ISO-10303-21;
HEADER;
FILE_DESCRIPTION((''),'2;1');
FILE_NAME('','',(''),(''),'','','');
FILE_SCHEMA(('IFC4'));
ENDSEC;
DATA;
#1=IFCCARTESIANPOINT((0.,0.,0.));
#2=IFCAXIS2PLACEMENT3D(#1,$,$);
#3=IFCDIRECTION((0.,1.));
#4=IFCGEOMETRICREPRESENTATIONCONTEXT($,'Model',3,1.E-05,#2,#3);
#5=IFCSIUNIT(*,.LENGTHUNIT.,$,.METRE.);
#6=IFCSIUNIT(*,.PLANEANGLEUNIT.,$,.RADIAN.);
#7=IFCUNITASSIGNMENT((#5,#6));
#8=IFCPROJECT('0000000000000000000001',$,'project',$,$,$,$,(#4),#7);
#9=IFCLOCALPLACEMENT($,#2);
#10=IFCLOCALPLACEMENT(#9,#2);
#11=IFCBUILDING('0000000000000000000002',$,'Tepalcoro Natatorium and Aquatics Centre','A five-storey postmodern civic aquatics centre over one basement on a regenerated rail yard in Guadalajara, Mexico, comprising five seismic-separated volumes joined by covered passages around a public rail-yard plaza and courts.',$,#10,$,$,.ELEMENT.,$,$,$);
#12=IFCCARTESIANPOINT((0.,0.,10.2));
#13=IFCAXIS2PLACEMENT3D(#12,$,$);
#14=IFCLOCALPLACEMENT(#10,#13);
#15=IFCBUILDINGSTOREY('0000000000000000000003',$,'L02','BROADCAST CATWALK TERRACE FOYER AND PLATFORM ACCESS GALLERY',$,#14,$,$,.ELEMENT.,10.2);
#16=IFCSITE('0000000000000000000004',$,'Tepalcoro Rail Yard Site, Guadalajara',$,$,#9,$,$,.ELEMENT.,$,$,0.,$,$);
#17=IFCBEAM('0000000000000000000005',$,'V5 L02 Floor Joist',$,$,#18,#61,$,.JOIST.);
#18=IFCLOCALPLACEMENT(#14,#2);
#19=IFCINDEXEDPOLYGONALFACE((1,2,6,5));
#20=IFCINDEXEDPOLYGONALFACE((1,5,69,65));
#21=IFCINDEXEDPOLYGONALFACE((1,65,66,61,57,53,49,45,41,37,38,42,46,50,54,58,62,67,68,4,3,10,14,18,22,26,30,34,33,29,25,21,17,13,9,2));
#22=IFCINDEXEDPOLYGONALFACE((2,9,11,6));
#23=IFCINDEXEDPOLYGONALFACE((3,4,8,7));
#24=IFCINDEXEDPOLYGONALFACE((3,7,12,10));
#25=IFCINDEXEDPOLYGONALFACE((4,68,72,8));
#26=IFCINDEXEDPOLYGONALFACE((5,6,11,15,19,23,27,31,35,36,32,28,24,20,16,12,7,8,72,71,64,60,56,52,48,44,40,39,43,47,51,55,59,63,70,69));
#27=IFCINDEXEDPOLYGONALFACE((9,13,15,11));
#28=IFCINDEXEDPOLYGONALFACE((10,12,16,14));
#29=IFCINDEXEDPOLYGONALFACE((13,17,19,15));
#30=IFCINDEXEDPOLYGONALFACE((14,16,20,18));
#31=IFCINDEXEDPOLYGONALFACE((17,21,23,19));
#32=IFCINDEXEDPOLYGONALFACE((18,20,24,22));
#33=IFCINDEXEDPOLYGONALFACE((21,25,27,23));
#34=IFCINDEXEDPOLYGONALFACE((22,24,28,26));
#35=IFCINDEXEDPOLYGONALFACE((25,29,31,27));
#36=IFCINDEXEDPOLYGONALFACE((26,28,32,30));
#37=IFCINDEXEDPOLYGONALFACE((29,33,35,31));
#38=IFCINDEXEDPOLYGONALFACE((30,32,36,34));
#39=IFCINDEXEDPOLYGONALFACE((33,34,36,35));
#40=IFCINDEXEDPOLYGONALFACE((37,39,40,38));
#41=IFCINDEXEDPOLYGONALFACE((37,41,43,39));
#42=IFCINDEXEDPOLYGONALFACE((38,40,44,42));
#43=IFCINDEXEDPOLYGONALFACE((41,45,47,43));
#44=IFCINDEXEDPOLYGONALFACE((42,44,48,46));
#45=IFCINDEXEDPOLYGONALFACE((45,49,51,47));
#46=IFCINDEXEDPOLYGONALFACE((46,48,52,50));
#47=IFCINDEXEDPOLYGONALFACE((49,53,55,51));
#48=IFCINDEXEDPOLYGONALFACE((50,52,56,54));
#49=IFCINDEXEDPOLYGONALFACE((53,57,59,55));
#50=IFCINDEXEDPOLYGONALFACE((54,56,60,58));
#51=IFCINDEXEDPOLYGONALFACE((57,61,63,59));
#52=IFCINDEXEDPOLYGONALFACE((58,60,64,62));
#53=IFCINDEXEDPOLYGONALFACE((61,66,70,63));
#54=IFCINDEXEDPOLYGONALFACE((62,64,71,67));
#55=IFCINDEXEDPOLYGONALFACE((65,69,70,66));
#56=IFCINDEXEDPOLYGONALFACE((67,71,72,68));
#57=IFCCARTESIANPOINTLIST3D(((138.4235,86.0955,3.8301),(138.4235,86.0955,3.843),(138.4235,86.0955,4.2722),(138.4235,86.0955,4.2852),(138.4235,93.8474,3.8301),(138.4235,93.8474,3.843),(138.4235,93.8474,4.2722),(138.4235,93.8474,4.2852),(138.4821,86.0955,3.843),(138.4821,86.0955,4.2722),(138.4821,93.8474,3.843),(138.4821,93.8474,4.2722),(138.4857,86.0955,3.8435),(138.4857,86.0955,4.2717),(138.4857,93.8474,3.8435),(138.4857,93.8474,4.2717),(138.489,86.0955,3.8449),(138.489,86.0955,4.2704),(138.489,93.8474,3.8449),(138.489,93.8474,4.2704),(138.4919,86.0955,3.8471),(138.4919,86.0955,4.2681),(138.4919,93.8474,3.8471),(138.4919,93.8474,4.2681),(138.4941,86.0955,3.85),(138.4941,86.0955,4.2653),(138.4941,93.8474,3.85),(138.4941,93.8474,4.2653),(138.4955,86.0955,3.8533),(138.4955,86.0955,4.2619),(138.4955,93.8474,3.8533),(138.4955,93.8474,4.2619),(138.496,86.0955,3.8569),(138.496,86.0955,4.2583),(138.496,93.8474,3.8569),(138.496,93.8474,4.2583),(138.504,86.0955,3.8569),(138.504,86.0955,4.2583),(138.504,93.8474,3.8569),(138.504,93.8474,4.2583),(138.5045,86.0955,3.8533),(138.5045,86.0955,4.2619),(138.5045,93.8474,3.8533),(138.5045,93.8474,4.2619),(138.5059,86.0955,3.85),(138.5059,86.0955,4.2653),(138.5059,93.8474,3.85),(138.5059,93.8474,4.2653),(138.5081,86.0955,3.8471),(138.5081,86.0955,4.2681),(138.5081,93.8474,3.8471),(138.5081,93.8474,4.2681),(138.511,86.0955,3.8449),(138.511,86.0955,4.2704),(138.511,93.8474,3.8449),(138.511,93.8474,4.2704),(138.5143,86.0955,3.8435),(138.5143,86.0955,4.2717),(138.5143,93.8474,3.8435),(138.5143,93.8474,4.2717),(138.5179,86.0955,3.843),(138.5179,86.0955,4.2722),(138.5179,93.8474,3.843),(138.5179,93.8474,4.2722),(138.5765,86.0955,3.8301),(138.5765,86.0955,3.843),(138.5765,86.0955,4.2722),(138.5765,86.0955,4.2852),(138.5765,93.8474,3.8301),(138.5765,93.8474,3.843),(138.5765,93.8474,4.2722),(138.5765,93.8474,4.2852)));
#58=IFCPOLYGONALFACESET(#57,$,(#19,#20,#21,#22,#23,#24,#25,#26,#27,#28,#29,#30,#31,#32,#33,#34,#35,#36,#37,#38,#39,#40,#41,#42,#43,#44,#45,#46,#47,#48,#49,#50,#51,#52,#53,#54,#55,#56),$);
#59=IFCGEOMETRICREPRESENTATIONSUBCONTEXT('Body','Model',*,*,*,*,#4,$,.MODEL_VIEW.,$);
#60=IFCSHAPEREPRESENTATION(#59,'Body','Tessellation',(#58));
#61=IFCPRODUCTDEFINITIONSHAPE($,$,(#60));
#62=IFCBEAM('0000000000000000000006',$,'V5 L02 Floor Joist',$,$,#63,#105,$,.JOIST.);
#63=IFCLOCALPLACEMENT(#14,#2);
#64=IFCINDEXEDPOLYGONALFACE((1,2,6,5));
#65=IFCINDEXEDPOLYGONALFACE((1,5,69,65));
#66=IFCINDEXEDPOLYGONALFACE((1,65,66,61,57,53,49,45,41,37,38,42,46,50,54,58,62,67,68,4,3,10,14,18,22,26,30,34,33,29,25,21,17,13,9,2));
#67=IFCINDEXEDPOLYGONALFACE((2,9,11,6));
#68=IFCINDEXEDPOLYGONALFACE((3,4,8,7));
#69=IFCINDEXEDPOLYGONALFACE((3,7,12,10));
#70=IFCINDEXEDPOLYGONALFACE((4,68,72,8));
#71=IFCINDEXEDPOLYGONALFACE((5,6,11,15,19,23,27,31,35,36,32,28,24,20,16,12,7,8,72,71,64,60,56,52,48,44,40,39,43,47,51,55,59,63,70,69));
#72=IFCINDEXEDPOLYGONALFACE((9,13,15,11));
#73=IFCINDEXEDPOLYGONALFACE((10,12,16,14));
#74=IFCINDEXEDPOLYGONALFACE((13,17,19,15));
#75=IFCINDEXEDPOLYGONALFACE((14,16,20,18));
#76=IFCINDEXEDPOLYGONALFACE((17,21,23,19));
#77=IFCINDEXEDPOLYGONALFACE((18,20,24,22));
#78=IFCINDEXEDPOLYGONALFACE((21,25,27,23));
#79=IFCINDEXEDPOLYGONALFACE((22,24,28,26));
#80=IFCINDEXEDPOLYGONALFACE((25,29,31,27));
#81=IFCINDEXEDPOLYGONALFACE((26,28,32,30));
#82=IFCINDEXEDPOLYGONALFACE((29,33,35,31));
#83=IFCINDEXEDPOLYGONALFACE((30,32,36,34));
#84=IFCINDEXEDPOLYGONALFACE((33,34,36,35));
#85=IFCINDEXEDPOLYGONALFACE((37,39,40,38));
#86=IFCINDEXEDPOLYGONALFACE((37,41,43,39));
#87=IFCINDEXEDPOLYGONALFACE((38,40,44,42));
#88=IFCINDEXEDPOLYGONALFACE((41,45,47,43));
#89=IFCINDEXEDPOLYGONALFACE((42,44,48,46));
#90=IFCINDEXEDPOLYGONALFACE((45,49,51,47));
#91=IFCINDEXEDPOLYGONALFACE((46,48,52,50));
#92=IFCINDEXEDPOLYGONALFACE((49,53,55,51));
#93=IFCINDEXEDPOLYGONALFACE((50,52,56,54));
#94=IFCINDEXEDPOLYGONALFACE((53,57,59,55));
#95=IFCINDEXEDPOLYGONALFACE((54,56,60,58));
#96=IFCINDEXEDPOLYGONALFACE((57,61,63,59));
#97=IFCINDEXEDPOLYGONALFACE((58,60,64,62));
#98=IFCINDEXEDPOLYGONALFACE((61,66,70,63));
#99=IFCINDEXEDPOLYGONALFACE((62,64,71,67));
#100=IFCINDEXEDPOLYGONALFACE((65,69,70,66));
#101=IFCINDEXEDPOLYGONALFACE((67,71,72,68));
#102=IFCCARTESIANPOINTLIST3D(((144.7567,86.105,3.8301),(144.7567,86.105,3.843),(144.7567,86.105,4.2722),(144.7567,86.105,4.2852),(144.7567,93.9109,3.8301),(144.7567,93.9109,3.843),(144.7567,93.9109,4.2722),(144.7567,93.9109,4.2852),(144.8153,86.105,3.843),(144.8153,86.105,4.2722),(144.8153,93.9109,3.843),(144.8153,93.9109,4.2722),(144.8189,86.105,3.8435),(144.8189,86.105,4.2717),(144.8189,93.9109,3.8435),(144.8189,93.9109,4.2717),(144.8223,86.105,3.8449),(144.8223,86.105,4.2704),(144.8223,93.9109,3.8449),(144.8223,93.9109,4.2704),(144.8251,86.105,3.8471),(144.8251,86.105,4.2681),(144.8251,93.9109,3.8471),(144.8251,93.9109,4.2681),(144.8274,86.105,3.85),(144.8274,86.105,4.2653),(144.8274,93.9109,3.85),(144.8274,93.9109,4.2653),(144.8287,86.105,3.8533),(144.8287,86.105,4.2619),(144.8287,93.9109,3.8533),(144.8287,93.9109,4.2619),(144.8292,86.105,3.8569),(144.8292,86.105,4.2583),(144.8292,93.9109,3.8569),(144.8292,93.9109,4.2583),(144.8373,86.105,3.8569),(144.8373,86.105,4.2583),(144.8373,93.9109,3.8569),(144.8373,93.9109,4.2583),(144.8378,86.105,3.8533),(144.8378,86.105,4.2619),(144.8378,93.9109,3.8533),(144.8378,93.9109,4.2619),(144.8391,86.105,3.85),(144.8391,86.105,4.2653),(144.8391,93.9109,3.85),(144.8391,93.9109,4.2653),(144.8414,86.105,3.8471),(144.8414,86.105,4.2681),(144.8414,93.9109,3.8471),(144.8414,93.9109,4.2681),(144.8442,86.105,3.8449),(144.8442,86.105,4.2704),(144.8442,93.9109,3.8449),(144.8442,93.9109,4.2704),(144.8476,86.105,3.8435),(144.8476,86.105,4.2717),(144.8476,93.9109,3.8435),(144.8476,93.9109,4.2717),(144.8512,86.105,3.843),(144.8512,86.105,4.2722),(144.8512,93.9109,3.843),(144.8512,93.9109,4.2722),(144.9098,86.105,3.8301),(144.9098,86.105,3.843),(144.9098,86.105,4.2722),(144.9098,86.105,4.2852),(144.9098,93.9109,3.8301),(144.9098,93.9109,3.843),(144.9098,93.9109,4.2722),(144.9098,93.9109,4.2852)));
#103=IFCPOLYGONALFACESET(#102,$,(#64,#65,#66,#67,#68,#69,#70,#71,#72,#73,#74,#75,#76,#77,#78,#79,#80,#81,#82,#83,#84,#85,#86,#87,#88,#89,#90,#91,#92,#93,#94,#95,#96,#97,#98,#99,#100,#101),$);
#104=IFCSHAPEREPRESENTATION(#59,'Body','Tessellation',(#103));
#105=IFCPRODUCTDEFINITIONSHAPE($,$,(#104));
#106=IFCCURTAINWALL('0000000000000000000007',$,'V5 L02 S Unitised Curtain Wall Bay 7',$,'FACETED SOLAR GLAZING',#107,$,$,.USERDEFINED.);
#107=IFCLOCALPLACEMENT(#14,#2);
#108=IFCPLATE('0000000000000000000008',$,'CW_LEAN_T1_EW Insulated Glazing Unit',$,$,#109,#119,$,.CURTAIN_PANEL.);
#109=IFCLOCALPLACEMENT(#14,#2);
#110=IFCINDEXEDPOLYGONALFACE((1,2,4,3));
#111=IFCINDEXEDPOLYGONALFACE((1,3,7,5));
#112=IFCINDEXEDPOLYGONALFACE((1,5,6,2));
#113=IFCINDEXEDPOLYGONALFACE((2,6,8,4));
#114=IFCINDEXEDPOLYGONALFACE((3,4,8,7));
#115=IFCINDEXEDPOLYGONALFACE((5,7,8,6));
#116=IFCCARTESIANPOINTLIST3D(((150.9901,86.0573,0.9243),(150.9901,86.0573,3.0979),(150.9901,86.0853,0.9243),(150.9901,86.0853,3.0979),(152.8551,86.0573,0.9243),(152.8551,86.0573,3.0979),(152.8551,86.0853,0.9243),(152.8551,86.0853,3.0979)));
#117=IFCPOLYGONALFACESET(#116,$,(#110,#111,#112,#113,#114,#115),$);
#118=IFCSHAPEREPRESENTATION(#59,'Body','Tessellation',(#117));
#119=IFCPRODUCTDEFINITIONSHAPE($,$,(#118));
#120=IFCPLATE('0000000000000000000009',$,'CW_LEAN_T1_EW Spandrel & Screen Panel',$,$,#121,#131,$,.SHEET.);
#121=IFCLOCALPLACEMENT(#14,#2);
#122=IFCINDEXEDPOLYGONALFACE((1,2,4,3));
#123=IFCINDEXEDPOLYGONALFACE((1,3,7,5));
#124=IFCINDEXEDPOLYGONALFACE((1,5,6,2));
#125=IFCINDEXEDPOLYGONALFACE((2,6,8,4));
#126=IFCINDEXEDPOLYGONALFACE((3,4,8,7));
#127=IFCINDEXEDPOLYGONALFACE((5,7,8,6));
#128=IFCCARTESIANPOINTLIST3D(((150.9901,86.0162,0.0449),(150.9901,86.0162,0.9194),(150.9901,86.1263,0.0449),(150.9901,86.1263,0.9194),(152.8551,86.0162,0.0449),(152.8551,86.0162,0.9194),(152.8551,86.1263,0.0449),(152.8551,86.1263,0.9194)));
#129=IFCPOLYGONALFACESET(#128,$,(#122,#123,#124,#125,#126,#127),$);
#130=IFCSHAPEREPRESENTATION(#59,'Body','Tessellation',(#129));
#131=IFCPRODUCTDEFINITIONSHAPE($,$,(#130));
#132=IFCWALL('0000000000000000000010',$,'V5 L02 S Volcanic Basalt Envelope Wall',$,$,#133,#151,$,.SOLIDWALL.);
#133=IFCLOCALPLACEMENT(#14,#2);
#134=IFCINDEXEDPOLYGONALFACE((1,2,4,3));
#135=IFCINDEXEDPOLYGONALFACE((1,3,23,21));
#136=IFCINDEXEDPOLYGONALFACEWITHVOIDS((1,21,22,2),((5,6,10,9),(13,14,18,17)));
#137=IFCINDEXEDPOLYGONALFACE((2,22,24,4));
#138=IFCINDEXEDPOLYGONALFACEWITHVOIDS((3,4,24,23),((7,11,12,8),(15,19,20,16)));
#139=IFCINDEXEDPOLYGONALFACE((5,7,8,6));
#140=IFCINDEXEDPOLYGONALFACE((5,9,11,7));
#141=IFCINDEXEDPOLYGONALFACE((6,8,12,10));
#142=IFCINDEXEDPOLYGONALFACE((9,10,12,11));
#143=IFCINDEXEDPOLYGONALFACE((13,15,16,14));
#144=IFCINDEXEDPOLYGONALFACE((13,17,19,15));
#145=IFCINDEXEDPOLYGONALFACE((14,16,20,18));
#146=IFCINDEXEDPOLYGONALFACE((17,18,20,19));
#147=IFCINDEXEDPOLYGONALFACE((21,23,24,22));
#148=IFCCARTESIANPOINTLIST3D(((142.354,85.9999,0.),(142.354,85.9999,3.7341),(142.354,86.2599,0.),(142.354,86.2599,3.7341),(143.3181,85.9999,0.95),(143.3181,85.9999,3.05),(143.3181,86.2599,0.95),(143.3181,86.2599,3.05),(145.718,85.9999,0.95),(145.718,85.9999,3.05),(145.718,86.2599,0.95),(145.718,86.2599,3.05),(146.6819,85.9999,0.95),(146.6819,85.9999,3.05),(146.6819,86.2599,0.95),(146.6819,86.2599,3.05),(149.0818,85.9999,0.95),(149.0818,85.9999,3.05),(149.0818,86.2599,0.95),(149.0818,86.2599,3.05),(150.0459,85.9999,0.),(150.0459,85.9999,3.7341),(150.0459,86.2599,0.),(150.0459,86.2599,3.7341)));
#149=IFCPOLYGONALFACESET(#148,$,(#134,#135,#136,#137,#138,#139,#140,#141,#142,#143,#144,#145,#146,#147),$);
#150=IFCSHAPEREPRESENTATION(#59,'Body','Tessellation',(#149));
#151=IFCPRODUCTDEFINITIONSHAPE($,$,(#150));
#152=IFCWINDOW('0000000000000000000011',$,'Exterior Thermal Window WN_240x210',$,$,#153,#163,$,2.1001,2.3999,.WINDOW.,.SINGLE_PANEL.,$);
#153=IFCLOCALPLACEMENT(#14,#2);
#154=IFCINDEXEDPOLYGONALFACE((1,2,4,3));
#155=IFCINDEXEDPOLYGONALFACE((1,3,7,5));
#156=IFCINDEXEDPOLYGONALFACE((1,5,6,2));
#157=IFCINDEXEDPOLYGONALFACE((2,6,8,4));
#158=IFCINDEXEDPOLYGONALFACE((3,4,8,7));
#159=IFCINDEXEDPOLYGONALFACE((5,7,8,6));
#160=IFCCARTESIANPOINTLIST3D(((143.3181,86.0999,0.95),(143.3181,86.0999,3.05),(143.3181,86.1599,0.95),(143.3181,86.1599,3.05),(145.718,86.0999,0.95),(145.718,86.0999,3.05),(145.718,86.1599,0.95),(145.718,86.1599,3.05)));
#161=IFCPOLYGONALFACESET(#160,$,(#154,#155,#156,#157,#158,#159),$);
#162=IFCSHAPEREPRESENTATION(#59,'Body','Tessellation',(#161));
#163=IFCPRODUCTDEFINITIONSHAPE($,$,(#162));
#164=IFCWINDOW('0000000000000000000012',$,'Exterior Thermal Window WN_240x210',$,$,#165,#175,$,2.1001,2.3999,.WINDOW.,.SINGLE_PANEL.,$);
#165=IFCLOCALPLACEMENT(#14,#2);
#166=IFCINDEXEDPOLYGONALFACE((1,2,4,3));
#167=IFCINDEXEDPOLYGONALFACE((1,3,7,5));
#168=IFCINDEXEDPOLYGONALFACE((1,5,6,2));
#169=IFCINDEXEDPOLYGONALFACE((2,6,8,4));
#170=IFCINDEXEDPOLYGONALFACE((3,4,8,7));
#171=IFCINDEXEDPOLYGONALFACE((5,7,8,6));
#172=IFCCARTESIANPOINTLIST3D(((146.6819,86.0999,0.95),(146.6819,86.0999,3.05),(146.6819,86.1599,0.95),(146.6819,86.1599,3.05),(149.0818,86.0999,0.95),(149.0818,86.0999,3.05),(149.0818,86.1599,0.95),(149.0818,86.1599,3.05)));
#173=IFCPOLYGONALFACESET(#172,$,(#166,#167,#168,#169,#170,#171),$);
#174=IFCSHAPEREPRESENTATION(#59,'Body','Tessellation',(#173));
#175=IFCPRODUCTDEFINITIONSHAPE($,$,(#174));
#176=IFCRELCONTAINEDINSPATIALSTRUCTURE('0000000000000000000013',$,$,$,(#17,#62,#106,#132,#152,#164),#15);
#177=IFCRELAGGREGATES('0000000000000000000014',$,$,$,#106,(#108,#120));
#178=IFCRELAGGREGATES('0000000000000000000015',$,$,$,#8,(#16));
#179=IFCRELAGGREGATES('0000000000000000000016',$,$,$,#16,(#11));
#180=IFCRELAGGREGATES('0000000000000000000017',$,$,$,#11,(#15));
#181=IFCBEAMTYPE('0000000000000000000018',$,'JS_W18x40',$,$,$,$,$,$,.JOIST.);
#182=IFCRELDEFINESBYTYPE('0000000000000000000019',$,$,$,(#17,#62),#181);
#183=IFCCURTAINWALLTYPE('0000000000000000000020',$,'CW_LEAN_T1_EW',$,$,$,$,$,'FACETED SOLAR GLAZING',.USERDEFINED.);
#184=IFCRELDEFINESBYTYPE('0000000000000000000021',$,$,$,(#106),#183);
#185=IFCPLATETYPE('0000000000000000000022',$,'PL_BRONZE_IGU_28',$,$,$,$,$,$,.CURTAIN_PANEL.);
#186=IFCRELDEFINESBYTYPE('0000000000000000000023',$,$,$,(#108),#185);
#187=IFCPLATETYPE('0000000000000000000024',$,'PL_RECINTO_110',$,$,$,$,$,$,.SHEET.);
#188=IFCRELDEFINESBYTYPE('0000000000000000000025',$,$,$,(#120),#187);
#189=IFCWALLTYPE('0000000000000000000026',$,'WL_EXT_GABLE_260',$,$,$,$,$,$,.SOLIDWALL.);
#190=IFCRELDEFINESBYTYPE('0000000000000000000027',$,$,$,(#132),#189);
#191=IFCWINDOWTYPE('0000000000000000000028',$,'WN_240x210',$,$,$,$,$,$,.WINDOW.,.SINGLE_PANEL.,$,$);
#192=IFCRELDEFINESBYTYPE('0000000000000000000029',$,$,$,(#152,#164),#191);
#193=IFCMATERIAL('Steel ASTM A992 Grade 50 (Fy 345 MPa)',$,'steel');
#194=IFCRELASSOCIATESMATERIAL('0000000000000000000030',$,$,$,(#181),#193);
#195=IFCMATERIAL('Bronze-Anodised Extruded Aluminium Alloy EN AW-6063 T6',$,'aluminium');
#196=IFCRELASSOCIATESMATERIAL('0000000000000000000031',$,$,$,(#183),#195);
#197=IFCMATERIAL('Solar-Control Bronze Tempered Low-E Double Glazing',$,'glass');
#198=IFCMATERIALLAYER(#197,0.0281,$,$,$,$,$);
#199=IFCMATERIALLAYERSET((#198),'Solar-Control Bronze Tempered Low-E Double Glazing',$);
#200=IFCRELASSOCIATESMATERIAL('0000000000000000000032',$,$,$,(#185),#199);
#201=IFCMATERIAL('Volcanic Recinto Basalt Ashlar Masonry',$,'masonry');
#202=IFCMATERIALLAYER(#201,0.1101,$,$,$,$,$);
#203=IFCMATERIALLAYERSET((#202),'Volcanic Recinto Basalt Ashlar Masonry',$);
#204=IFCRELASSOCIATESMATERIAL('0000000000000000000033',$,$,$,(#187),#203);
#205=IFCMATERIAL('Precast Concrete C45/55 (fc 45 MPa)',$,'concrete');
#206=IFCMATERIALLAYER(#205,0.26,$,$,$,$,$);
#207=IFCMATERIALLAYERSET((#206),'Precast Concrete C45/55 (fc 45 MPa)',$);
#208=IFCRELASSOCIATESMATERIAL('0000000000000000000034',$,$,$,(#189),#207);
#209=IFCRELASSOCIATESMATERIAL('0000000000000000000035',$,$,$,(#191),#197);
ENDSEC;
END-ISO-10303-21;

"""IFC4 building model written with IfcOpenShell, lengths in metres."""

from ifc_helpers import new_model, si_unit, direction, frame, frame_2d, origin, origin_2d, place, context, subcontext, project, spatial, rectangle, i_section, extrude, material, layer, layer_set, material_profile, profile_set, type_object, element, fill, aggregate, save


model = new_model("IFC4")

# Units and contexts
model_context = context("Model", 3, precision=1e-05, world=origin(), true_north=direction((0.0, 1.0)))
body_context = subcontext(model_context, "Body", "Model", "MODEL_VIEW")
ifc_project = project(units=[si_unit("LENGTHUNIT", "METRE"), si_unit("PLANEANGLEUNIT", "RADIAN")], contexts=[model_context])

# Site, building, storey
site_placement = place(None, origin())
site = spatial("IfcSite", under=ifc_project, at=site_placement, Name="Tepalcoro Rail Yard Site, Guadalajara", CompositionType="ELEMENT", RefElevation=0.0)
building_placement = place(site_placement, origin())
building = spatial("IfcBuilding", under=site, at=building_placement, Name="Tepalcoro Natatorium and Aquatics Centre", Description="A five-storey postmodern civic aquatics centre over one basement on a regenerated rail yard in Guadalajara, Mexico, comprising five seismic-separated volumes joined by covered passages around a public rail-yard plaza and courts.", CompositionType="ELEMENT")
storey_placement = place(building_placement, frame((0.0, 0.0, 10.2)))
storey = spatial("IfcBuildingStorey", under=building, at=storey_placement, Name="L02", Description="BROADCAST CATWALK TERRACE FOYER AND PLATFORM ACCESS GALLERY", CompositionType="ELEMENT", Elevation=10.2)

# Beams
ifc_material_1 = material(Name="Steel ASTM A992 Grade 50 (Fy 345 MPa)", Category="steel")
ifc_material_profile_1 = material_profile(ifc_material_1, i_section(OverallWidth=0.1531, OverallDepth=0.4551, WebThickness=0.0081, FlangeThickness=0.0129, FilletRadius=0.0139, at=origin_2d()), Name="W18X40")
ifc_profile_set_1 = profile_set([ifc_material_profile_1], Name="Steel ASTM A992 Grade 50 (Fy 345 MPa)")
beam_type_1 = type_object("IfcBeamType", Name="JS_W18x40", PredefinedType="JOIST", material=ifc_profile_set_1)
beam_1_placement = place(storey_placement, frame((138.5, 86.0955, 4.0576), z_axis=(0.0, 1.0, 0.0), x_axis=(-1.0, 0.0, 0.0)))
element("IfcBeam", 1, at=beam_1_placement, inside=storey, type_object=beam_type_1, Name="V5 L02 Floor Joist", PredefinedType="JOIST", context=body_context, shape_type="SweptSolid", body=[
    extrude(i_section(OverallWidth=0.1531, OverallDepth=0.4551, WebThickness=0.0081, FlangeThickness=0.0129, FilletRadius=0.0139, at=origin_2d()), origin(), (0.0, 0.0, 1.0), 7.752),
])
beam_2_placement = place(storey_placement, frame((144.8333, 86.105, 4.0576), z_axis=(0.0, 1.0, 0.0), x_axis=(-1.0, 0.0, 0.0)))
element("IfcBeam", 2, at=beam_2_placement, inside=storey, type_object=beam_type_1, Name="V5 L02 Floor Joist", PredefinedType="JOIST", context=body_context, shape_type="SweptSolid", body=[
    extrude(i_section(OverallWidth=0.1531, OverallDepth=0.4551, WebThickness=0.0081, FlangeThickness=0.0129, FilletRadius=0.0139, at=origin_2d()), origin(), (0.0, 0.0, 1.0), 7.8059),
])

# Curtain wall, plates
ifc_material_2 = material(Name="Bronze-Anodised Extruded Aluminium Alloy EN AW-6063 T6", Category="aluminium")
curtain_wall_type = type_object("IfcCurtainWallType", Name="CW_LEAN_T1_EW", ElementType="FACETED SOLAR GLAZING", PredefinedType="USERDEFINED", material=ifc_material_2)
curtain_wall_placement = place(storey_placement, origin())
curtain_wall = element("IfcCurtainWall", 3, at=curtain_wall_placement, inside=storey, type_object=curtain_wall_type, Name="V5 L02 S Unitised Curtain Wall Bay 7", ObjectType="FACETED SOLAR GLAZING", PredefinedType="USERDEFINED")
ifc_material_3 = material(Name="Solar-Control Bronze Tempered Low-E Double Glazing", Category="glass")
ifc_layer_1 = layer(ifc_material_3, 0.0281)
ifc_layer_set_1 = layer_set([ifc_layer_1], Name="Solar-Control Bronze Tempered Low-E Double Glazing")
plate_type_1 = type_object("IfcPlateType", Name="PL_BRONZE_IGU_28", PredefinedType="CURTAIN_PANEL", material=ifc_layer_set_1)
plate_1_placement = place(storey_placement, frame((151.9226, 86.0713, 0.9243), z_axis=(0.0, 0.0, 1.0), x_axis=(1.0, 0.0, 0.0)))
plate_1 = element("IfcPlate", 4, at=plate_1_placement, type_object=plate_type_1, Name="CW_LEAN_T1_EW Insulated Glazing Unit", PredefinedType="CURTAIN_PANEL", context=body_context, shape_type="SweptSolid", body=[
    extrude(rectangle(XDim=1.865, YDim=0.0281, at=origin_2d()), origin(), (0.0, 0.0, 1.0), 2.1736),
])
ifc_material_4 = material(Name="Volcanic Recinto Basalt Ashlar Masonry", Category="masonry")
ifc_layer_2 = layer(ifc_material_4, 0.1101)
ifc_layer_set_2 = layer_set([ifc_layer_2], Name="Volcanic Recinto Basalt Ashlar Masonry")
plate_type_2 = type_object("IfcPlateType", Name="PL_RECINTO_110", PredefinedType="SHEET", material=ifc_layer_set_2)
plate_2_placement = place(storey_placement, frame((151.9226, 86.0713, 0.0449), z_axis=(0.0, 0.0, 1.0), x_axis=(1.0, 0.0, 0.0)))
plate_2 = element("IfcPlate", 5, at=plate_2_placement, type_object=plate_type_2, Name="CW_LEAN_T1_EW Spandrel & Screen Panel", PredefinedType="SHEET", context=body_context, shape_type="SweptSolid", body=[
    extrude(rectangle(XDim=1.865, YDim=0.1101, at=origin_2d()), origin(), (0.0, 0.0, 1.0), 0.8745),
])
aggregate(curtain_wall, [plate_1, plate_2])

# Wall, openings, windows
ifc_material_5 = material(Name="Precast Concrete C45/55 (fc 45 MPa)", Category="concrete")
ifc_layer_3 = layer(ifc_material_5, 0.26)
ifc_layer_set_3 = layer_set([ifc_layer_3], Name="Precast Concrete C45/55 (fc 45 MPa)")
wall_type_1 = type_object("IfcWallType", Name="WL_EXT_GABLE_260", PredefinedType="SOLIDWALL", material=ifc_layer_set_3)
wall_1_placement = place(storey_placement, frame((142.354, 86.1299, 0.0), z_axis=(0.0, 0.0, 1.0), x_axis=(1.0, 0.0, 0.0)))
wall_1 = element("IfcWall", 6, at=wall_1_placement, inside=storey, type_object=wall_type_1, Name="V5 L02 S Volcanic Basalt Envelope Wall", PredefinedType="SOLIDWALL", context=body_context, shape_type="SweptSolid", body=[
    extrude(rectangle(XDim=7.6919, YDim=0.26, at=frame_2d((3.8459, 0.0))), origin(), (0.0, 0.0, 1.0), 3.7341),
])
opening_1_placement = place(wall_1_placement, frame((0.9641, 0.0, 0.95)))
opening_1 = element("IfcOpeningElement", 7, at=opening_1_placement, cuts=wall_1, PredefinedType="OPENING", context=body_context, shape_type="SweptSolid", body=[
    extrude(rectangle(XDim=2.3999, YDim=2.1001, at=frame_2d((1.2, 1.05))), frame((0.0, 0.1421, 0.0), z_axis=(0.0, -1.0, 0.0), x_axis=(1.0, 0.0, 0.0)), (0.0, 0.0, 1.0), 0.2839),
])
opening_2_placement = place(wall_1_placement, frame((4.3279, 0.0, 0.95)))
opening_2 = element("IfcOpeningElement", 8, at=opening_2_placement, cuts=wall_1, PredefinedType="OPENING", context=body_context, shape_type="SweptSolid", body=[
    extrude(rectangle(XDim=2.3999, YDim=2.1001, at=frame_2d((1.2, 1.05))), frame((0.0, 0.1421, 0.0), z_axis=(0.0, -1.0, 0.0), x_axis=(1.0, 0.0, 0.0)), (0.0, 0.0, 1.0), 0.2839),
])
window_type = type_object("IfcWindowType", Name="WN_240x210", PartitioningType="SINGLE_PANEL", PredefinedType="WINDOW", material=ifc_material_3)
window_1_placement = place(opening_1_placement, origin())
window_1 = element("IfcWindow", 9, at=window_1_placement, inside=storey, type_object=window_type, Name="Exterior Thermal Window WN_240x210", OverallHeight=2.1001, OverallWidth=2.3999, PartitioningType="SINGLE_PANEL", PredefinedType="WINDOW", context=body_context, shape_type="SweptSolid", body=[
    extrude(rectangle(XDim=2.3999, YDim=2.1001, at=frame_2d((1.2, 1.05))), frame((0.0, 0.03, 0.0), z_axis=(0.0, -1.0, 0.0), x_axis=(1.0, 0.0, 0.0)), (0.0, 0.0, 1.0), 0.0601),
])
fill(opening_1, window_1)
window_2_placement = place(opening_2_placement, origin())
window_2 = element("IfcWindow", 10, at=window_2_placement, inside=storey, type_object=window_type, Name="Exterior Thermal Window WN_240x210", OverallHeight=2.1001, OverallWidth=2.3999, PartitioningType="SINGLE_PANEL", PredefinedType="WINDOW", context=body_context, shape_type="SweptSolid", body=[
    extrude(rectangle(XDim=2.3999, YDim=2.1001, at=frame_2d((1.2, 1.05))), frame((0.0, 0.03, 0.0), z_axis=(0.0, -1.0, 0.0), x_axis=(1.0, 0.0, 0.0)), (0.0, 0.0, 1.0), 0.0601),
])
fill(opening_2, window_2)

save(model, "model.ifc")
